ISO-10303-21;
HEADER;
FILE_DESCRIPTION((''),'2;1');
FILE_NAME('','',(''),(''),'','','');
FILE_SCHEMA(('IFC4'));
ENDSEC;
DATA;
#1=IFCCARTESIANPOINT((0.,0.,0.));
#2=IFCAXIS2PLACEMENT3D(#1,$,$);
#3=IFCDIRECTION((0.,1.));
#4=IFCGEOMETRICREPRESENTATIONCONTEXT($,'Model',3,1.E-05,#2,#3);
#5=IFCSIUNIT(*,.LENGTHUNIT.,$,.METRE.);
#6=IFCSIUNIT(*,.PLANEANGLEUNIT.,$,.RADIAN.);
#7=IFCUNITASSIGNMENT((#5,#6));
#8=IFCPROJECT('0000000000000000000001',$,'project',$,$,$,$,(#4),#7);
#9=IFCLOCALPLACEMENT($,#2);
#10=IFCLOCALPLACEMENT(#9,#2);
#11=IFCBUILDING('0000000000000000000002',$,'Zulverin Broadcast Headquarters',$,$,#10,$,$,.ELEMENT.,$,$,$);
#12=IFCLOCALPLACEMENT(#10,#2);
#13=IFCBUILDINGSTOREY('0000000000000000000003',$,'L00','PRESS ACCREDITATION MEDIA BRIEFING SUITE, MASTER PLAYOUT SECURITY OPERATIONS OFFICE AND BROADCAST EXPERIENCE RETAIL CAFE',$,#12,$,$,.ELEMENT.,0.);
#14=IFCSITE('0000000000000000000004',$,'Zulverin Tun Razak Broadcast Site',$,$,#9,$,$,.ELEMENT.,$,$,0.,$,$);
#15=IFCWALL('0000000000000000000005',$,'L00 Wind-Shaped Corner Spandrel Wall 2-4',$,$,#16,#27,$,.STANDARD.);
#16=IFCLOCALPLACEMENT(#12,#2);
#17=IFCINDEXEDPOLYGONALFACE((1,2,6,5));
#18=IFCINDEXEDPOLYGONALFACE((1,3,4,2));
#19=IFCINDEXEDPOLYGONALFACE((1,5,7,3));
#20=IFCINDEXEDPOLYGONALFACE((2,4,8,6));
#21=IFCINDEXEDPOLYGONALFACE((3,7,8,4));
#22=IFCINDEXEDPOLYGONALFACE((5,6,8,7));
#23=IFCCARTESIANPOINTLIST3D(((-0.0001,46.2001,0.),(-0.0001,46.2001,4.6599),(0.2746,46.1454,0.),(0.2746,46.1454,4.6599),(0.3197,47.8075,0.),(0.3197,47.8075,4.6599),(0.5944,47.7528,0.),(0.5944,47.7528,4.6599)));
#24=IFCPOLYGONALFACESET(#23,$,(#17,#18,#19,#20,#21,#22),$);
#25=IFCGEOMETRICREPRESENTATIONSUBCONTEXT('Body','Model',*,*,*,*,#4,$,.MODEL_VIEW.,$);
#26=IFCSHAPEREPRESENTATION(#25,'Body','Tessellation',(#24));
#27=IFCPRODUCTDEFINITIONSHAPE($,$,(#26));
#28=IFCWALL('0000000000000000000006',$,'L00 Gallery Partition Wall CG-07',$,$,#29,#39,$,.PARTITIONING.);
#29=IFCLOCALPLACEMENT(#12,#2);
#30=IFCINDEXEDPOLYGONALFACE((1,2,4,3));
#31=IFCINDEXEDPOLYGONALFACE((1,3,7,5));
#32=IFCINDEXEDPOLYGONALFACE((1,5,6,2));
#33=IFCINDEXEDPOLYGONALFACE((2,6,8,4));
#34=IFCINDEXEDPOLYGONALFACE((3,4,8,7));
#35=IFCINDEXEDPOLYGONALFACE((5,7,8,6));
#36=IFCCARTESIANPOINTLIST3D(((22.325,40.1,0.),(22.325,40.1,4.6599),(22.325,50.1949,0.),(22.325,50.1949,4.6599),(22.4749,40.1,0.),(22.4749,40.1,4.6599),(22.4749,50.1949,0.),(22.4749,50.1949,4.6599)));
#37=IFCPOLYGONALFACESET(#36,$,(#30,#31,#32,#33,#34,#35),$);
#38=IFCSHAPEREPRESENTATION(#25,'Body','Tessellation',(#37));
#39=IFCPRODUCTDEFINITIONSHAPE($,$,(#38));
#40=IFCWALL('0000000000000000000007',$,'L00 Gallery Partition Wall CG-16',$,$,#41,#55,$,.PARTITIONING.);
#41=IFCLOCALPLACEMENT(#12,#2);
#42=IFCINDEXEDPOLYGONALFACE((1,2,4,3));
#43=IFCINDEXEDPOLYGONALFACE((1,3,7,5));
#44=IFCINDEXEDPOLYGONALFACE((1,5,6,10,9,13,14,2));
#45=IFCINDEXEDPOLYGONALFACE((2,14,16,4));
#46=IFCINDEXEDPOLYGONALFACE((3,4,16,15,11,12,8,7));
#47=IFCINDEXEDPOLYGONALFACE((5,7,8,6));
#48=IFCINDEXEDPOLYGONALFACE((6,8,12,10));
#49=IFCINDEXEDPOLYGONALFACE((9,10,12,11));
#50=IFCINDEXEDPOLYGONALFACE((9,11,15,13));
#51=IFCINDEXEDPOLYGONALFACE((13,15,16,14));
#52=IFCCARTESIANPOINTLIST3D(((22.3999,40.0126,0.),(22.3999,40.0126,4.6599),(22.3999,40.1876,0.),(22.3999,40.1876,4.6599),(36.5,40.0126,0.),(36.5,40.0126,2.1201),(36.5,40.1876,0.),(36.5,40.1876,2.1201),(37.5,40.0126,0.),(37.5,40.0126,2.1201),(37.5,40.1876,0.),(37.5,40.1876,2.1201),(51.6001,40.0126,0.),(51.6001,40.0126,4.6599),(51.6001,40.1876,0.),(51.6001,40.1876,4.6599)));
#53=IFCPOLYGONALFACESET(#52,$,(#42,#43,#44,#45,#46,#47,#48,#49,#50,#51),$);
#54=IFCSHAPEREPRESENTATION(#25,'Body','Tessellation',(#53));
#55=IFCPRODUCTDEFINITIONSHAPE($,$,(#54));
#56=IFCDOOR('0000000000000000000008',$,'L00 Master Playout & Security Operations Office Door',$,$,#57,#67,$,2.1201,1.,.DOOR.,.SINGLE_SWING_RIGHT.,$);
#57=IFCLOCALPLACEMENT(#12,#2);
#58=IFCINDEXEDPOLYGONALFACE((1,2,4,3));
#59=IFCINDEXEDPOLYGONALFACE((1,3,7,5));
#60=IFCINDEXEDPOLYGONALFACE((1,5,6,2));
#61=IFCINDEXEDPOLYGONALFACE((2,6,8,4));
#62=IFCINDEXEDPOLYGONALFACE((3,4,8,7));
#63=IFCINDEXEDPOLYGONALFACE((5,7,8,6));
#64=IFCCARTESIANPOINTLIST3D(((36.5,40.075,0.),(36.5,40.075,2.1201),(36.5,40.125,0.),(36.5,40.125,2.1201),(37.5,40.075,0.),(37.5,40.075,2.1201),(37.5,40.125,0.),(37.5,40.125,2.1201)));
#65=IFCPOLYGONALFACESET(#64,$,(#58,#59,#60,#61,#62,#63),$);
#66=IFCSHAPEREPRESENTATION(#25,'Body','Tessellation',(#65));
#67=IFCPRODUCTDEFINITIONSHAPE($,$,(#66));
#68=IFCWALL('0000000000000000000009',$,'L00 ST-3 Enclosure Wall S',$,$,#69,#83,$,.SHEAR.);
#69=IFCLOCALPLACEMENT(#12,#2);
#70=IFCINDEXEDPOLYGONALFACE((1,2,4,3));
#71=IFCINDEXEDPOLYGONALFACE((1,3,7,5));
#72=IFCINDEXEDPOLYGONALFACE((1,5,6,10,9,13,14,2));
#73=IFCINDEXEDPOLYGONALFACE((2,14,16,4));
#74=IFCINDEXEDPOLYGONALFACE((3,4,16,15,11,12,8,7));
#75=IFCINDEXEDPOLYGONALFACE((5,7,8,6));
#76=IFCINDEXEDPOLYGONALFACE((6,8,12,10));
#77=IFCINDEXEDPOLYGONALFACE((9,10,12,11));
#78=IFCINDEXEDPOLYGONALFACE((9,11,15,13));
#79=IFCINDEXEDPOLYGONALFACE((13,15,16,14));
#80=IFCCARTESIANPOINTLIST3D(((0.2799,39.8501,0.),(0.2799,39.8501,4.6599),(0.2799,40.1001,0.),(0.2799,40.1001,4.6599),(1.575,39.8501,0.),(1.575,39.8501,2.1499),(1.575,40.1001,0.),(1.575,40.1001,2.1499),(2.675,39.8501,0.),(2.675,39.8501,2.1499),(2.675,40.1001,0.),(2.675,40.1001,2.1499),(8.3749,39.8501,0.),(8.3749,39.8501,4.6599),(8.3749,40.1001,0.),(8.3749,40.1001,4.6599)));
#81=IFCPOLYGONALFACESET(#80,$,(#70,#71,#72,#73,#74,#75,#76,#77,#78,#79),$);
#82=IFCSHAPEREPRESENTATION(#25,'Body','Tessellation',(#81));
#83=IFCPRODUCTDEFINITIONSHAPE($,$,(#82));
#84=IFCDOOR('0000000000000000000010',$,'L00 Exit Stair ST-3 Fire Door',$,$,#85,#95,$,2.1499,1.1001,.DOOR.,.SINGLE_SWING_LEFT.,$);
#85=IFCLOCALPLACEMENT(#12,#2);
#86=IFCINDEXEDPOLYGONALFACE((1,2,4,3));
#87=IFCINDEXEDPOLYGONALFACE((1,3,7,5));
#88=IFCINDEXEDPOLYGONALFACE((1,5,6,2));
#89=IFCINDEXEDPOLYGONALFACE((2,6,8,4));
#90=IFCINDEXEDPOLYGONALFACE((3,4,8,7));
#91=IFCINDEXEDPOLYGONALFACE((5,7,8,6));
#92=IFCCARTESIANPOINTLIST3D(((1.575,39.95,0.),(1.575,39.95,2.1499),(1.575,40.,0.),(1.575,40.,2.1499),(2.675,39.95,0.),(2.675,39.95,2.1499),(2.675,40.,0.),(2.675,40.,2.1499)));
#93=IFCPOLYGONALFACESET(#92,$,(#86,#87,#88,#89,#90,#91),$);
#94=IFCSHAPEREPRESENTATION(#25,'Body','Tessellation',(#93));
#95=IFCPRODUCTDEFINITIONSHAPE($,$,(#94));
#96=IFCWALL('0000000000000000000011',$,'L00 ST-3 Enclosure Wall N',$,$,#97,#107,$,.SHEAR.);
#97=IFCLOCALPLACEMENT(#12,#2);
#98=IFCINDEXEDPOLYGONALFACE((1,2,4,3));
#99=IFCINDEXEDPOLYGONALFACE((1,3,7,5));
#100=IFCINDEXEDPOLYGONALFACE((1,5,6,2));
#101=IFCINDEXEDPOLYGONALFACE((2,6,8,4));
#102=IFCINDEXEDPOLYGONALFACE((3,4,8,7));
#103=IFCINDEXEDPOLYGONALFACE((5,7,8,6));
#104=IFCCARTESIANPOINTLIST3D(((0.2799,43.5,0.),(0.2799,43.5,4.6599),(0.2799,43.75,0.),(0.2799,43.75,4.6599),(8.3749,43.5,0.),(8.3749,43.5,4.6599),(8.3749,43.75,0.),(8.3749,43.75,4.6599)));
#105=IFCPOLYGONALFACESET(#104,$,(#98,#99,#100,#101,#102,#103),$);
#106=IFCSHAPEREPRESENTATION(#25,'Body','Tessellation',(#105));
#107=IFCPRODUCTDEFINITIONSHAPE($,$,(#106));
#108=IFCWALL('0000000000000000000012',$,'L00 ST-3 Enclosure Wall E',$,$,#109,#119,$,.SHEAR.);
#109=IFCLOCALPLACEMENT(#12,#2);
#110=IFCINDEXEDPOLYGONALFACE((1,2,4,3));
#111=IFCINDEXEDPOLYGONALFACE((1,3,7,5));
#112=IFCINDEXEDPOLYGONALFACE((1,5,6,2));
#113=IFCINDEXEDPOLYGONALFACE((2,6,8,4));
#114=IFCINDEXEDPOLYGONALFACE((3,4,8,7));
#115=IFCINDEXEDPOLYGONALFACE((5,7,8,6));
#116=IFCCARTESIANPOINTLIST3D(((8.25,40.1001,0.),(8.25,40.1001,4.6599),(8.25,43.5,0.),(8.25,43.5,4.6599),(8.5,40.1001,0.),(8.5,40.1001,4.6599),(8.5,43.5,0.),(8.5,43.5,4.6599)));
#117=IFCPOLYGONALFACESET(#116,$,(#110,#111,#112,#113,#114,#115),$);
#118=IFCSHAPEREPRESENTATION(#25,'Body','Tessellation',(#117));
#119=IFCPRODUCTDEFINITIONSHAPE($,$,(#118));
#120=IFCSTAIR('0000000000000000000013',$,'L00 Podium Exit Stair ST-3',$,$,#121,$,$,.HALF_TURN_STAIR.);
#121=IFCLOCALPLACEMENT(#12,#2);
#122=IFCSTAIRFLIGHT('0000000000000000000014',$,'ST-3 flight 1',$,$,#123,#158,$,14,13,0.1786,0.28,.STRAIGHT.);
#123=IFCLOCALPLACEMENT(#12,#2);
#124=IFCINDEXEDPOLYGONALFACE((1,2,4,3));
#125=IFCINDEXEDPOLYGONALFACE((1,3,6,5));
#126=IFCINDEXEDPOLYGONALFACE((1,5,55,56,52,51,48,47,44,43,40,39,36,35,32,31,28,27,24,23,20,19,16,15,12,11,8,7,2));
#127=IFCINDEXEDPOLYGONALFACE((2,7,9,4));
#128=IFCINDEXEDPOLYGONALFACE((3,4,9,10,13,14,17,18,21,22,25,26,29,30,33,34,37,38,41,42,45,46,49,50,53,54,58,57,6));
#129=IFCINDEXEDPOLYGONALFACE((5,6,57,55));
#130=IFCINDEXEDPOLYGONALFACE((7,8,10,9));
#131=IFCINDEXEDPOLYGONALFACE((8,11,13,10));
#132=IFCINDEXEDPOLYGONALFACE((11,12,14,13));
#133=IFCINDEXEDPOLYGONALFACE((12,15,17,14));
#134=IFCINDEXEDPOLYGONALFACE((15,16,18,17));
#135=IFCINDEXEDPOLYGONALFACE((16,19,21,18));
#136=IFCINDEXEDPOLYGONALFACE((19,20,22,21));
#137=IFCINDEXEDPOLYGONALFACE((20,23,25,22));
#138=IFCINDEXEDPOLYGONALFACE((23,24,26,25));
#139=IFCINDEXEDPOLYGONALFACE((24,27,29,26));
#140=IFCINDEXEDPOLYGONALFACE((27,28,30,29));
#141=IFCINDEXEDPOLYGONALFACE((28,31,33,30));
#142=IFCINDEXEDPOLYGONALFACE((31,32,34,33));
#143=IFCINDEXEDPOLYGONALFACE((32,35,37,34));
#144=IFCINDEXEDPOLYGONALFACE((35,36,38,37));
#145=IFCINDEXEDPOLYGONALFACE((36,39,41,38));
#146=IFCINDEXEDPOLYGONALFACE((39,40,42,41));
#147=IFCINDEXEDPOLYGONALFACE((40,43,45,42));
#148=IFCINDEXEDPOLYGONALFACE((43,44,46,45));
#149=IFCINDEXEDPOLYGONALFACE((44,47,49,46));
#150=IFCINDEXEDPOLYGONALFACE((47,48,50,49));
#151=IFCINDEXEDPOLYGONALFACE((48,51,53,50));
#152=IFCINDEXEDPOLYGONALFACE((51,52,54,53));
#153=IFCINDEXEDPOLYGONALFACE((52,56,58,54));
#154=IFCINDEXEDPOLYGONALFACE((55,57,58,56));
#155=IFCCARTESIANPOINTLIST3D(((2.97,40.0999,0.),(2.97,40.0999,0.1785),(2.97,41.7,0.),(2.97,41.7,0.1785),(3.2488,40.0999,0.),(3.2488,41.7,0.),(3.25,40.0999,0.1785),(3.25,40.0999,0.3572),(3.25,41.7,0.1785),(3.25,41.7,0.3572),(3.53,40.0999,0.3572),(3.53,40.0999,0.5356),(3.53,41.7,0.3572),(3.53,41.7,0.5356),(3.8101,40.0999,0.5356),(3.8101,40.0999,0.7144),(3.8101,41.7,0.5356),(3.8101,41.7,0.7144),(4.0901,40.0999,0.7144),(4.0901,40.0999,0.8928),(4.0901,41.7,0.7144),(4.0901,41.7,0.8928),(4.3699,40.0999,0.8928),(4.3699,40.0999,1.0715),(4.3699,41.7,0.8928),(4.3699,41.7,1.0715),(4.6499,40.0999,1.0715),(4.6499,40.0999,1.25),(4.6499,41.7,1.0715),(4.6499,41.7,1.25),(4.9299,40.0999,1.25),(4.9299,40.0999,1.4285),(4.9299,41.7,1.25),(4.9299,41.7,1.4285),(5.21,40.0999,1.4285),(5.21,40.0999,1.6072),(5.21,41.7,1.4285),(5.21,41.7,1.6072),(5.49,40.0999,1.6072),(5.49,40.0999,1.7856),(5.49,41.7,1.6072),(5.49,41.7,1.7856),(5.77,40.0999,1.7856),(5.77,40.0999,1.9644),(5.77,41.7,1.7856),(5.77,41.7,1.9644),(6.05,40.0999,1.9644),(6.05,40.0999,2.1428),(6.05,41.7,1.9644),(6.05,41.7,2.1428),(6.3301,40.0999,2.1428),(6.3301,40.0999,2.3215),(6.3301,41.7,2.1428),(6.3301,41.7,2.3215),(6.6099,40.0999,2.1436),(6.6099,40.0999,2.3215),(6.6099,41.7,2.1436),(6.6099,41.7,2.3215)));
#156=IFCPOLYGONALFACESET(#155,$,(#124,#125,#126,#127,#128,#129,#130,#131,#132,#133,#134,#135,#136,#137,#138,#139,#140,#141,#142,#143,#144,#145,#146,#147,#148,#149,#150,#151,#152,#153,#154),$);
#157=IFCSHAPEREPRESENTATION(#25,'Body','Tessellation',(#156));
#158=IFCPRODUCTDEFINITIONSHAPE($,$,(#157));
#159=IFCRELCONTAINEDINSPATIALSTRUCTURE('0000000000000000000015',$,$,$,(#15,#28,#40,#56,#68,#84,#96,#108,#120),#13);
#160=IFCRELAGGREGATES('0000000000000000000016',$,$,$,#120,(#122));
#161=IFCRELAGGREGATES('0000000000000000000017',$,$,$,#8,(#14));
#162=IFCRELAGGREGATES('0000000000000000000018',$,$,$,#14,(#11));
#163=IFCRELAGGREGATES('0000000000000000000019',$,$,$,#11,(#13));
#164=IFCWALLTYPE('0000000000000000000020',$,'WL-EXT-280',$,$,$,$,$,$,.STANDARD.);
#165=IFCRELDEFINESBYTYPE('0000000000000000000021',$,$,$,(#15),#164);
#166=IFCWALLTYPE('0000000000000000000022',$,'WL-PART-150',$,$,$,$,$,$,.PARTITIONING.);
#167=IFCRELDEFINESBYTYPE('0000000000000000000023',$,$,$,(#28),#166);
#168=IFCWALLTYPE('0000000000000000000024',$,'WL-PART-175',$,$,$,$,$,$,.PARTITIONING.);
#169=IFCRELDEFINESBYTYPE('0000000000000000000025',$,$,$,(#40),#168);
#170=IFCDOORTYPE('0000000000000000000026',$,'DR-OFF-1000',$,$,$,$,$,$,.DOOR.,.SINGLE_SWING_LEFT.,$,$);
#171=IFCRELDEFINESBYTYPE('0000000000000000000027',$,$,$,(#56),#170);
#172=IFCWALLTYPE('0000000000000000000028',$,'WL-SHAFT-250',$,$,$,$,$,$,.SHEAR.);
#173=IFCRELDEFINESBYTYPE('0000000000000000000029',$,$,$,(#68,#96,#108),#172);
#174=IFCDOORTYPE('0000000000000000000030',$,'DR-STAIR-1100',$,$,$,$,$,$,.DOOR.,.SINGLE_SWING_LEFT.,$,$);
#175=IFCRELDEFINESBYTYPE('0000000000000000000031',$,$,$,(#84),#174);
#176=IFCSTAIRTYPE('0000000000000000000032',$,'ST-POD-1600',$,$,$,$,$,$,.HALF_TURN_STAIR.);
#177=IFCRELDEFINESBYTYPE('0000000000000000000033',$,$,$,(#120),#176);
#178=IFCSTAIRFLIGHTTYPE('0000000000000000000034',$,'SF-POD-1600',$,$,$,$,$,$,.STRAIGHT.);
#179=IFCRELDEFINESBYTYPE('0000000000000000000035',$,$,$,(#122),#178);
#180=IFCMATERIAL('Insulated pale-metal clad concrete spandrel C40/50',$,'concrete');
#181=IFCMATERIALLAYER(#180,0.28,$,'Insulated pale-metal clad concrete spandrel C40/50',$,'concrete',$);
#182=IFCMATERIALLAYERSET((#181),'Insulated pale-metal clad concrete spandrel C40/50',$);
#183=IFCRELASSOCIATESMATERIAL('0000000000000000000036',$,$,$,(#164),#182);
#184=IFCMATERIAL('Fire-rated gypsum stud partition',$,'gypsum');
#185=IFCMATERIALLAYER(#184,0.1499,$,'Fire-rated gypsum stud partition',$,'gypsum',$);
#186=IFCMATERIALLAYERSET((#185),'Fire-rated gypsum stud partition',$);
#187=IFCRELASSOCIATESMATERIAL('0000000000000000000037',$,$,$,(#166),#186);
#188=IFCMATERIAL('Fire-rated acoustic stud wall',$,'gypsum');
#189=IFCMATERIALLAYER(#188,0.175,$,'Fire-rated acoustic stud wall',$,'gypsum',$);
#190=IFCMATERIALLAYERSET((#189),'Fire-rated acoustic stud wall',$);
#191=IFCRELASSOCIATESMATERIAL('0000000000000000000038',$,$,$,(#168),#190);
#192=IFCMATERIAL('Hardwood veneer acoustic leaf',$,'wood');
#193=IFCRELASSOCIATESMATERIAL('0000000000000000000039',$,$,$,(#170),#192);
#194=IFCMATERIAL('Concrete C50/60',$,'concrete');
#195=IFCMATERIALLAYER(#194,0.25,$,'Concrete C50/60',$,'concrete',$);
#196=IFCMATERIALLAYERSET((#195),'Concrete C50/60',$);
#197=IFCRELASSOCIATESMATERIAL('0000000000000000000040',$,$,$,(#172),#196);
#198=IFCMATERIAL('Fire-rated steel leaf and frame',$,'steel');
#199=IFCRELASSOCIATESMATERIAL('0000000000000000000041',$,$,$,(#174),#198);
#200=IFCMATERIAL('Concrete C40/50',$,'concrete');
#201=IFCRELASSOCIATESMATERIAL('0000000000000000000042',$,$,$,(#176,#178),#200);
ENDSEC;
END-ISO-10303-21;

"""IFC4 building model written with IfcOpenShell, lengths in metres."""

from ifc_helpers import new_model, si_unit, direction, frame, frame_2d, origin, place, context, subcontext, project, spatial, polyline, rectangle, outline, extrude, material, layer, layer_set, type_object, element, fill, aggregate, save


model = new_model("IFC4")

# Units and contexts
model_context = context("Model", 3, precision=1e-05, world=origin(), true_north=direction((0.0, 1.0)))
body_context = subcontext(model_context, "Body", "Model", "MODEL_VIEW")
ifc_project = project(units=[si_unit("LENGTHUNIT", "METRE"), si_unit("PLANEANGLEUNIT", "RADIAN")], contexts=[model_context])

# Site, building, storey
site_placement = place(None, origin())
site = spatial("IfcSite", under=ifc_project, at=site_placement, Name="Zulverin Tun Razak Broadcast Site", CompositionType="ELEMENT", RefElevation=0.0)
building_placement = place(site_placement, origin())
building = spatial("IfcBuilding", under=site, at=building_placement, Name="Zulverin Broadcast Headquarters", CompositionType="ELEMENT")
storey_placement = place(building_placement, origin())
storey = spatial("IfcBuildingStorey", under=building, at=storey_placement, Name="L00", Description="PRESS ACCREDITATION MEDIA BRIEFING SUITE, MASTER PLAYOUT SECURITY OPERATIONS OFFICE AND BROADCAST EXPERIENCE RETAIL CAFE", CompositionType="ELEMENT", Elevation=0.0)

# Shared definitions
ifc_material_1 = material(Name="Concrete C50/60", Category="concrete")

# Shared definitions
ifc_material_2 = material(Name="Concrete C40/50", Category="concrete")

# Walls
ifc_material_3 = material(Name="Insulated pale-metal clad concrete spandrel C40/50", Category="concrete")
ifc_layer_1 = layer(ifc_material_3, 0.28, Name="Insulated pale-metal clad concrete spandrel C40/50", Category="concrete")
ifc_layer_set_1 = layer_set([ifc_layer_1], Name="Insulated pale-metal clad concrete spandrel C40/50")
wall_type_1 = type_object("IfcWallType", Name="WL-EXT-280", PredefinedType="STANDARD", material=ifc_layer_set_1)
for number, where, z_axis, x_axis, name in (
    (1, (0.457, 47.78, 0.0), (0.0, 0.0, 1.0), (-0.195142, -0.980775, 0.0), "L00 Wind-Shaped Corner Spandrel Wall 2-4"),
):
    element("IfcWall", number, at=place(storey_placement, frame(where, z_axis=z_axis, x_axis=x_axis)), inside=storey, type_object=wall_type_1, Name=name, PredefinedType="STANDARD", context=body_context, shape_type="SweptSolid", body=[
        extrude(rectangle(XDim=1.6389, YDim=0.28, at=frame_2d((0.8193, 0.0))), origin(), (0.0, 0.0, 1.0), 4.6599),
    ])
ifc_material_4 = material(Name="Fire-rated gypsum stud partition", Category="gypsum")
ifc_layer_2 = layer(ifc_material_4, 0.1499, Name="Fire-rated gypsum stud partition", Category="gypsum")
ifc_layer_set_2 = layer_set([ifc_layer_2], Name="Fire-rated gypsum stud partition")
wall_type_2 = type_object("IfcWallType", Name="WL-PART-150", PredefinedType="PARTITIONING", material=ifc_layer_set_2)
wall_1_placement = place(storey_placement, frame((22.3999, 40.1001, 0.0), z_axis=(0.0, 0.0, 1.0), x_axis=(0.0, 1.0, 0.0)))
element("IfcWall", 2, at=wall_1_placement, inside=storey, type_object=wall_type_2, Name="L00 Gallery Partition Wall CG-07", PredefinedType="PARTITIONING", context=body_context, shape_type="SweptSolid", body=[
    extrude(rectangle(XDim=10.095, YDim=0.1499, at=frame_2d((5.0474, 0.0))), origin(), (0.0, 0.0, 1.0), 4.6599),
])

# Walls, openings, doors
ifc_material_5 = material(Name="Fire-rated acoustic stud wall", Category="gypsum")
ifc_layer_3 = layer(ifc_material_5, 0.175, Name="Fire-rated acoustic stud wall", Category="gypsum")
ifc_layer_set_3 = layer_set([ifc_layer_3], Name="Fire-rated acoustic stud wall")
wall_type_3 = type_object("IfcWallType", Name="WL-PART-175", PredefinedType="PARTITIONING", material=ifc_layer_set_3)
wall_2_placement = place(storey_placement, frame((22.3999, 40.1001, 0.0), z_axis=(0.0, 0.0, 1.0), x_axis=(1.0, 0.0, 0.0)))
wall_2 = element("IfcWall", 3, at=wall_2_placement, inside=storey, type_object=wall_type_3, Name="L00 Gallery Partition Wall CG-16", PredefinedType="PARTITIONING", context=body_context, shape_type="SweptSolid", body=[
    extrude(rectangle(XDim=29.2002, YDim=0.175, at=frame_2d((14.6001, 0.0))), origin(), (0.0, 0.0, 1.0), 4.6599),
])
opening_1_placement = place(wall_2_placement, frame((14.1001, 0.0, 0.0)))
opening_1 = element("IfcOpeningElement", 4, at=opening_1_placement, cuts=wall_2, PredefinedType="OPENING", context=body_context, shape_type="SweptSolid", body=[
    extrude(rectangle(XDim=1.0, YDim=2.1201, at=frame_2d((0.5, 1.0601))), frame((0.0, 0.0974, 0.0), z_axis=(0.0, -1.0, 0.0), x_axis=(1.0, 0.0, 0.0)), (0.0, 0.0, 1.0), 0.1951),
])
ifc_material_6 = material(Name="Hardwood veneer acoustic leaf", Category="wood")
door_type_1 = type_object("IfcDoorType", Name="DR-OFF-1000", OperationType="SINGLE_SWING_LEFT", PredefinedType="DOOR", material=ifc_material_6)
door_1_placement = place(opening_1_placement, origin())
door_1 = element("IfcDoor", 5, at=door_1_placement, inside=storey, type_object=door_type_1, Name="L00 Master Playout & Security Operations Office Door", OperationType="SINGLE_SWING_RIGHT", OverallHeight=2.1201, OverallWidth=1.0, PredefinedType="DOOR", context=body_context, shape_type="SweptSolid", body=[
    extrude(rectangle(XDim=1.0, YDim=2.1201, at=frame_2d((0.5, 1.0601))), frame((0.0, 0.0249, 0.0), z_axis=(0.0, -1.0, 0.0), x_axis=(1.0, 0.0, 0.0)), (0.0, 0.0, 1.0), 0.05),
])
fill(opening_1, door_1)
ifc_layer_4 = layer(ifc_material_1, 0.25, Name="Concrete C50/60", Category="concrete")
ifc_layer_set_4 = layer_set([ifc_layer_4], Name="Concrete C50/60")
wall_type_4 = type_object("IfcWallType", Name="WL-SHAFT-250", PredefinedType="SHEAR", material=ifc_layer_set_4)
wall_3_placement = place(storey_placement, frame((0.28, 39.9751, 0.0), z_axis=(0.0, 0.0, 1.0), x_axis=(1.0, 0.0, 0.0)))
wall_3 = element("IfcWall", 6, at=wall_3_placement, inside=storey, type_object=wall_type_4, Name="L00 ST-3 Enclosure Wall S", PredefinedType="SHEAR", context=body_context, shape_type="SweptSolid", body=[
    extrude(rectangle(XDim=8.095, YDim=0.25, at=frame_2d((4.0474, 0.0))), origin(), (0.0, 0.0, 1.0), 4.6599),
])
opening_2_placement = place(wall_3_placement, frame((1.2949, 0.0, 0.0)))
opening_2 = element("IfcOpeningElement", 7, at=opening_2_placement, cuts=wall_3, PredefinedType="OPENING", context=body_context, shape_type="SweptSolid", body=[
    extrude(rectangle(XDim=1.1001, YDim=2.1499, at=frame_2d((0.55, 1.075))), frame((0.0, 0.135, 0.0), z_axis=(0.0, -1.0, 0.0), x_axis=(1.0, 0.0, 0.0)), (0.0, 0.0, 1.0), 0.27),
])
ifc_material_7 = material(Name="Fire-rated steel leaf and frame", Category="steel")
door_type_2 = type_object("IfcDoorType", Name="DR-STAIR-1100", OperationType="SINGLE_SWING_LEFT", PredefinedType="DOOR", material=ifc_material_7)
door_2_placement = place(opening_2_placement, origin())
door_2 = element("IfcDoor", 8, at=door_2_placement, inside=storey, type_object=door_type_2, Name="L00 Exit Stair ST-3 Fire Door", OperationType="SINGLE_SWING_LEFT", OverallHeight=2.1499, OverallWidth=1.1001, PredefinedType="DOOR", context=body_context, shape_type="SweptSolid", body=[
    extrude(rectangle(XDim=1.1001, YDim=2.1499, at=frame_2d((0.55, 1.075))), frame((0.0, 0.0249, 0.0), z_axis=(0.0, -1.0, 0.0), x_axis=(1.0, 0.0, 0.0)), (0.0, 0.0, 1.0), 0.05),
])
fill(opening_2, door_2)

# Walls
wall_4_placement = place(storey_placement, frame((0.28, 43.625, 0.0), z_axis=(0.0, 0.0, 1.0), x_axis=(1.0, 0.0, 0.0)))
element("IfcWall", 9, at=wall_4_placement, inside=storey, type_object=wall_type_4, Name="L00 ST-3 Enclosure Wall N", PredefinedType="SHEAR", context=body_context, shape_type="SweptSolid", body=[
    extrude(rectangle(XDim=8.095, YDim=0.25, at=frame_2d((4.0474, 0.0))), origin(), (0.0, 0.0, 1.0), 4.6599),
])
wall_5_placement = place(storey_placement, frame((8.375, 40.1001, 0.0), z_axis=(0.0, 0.0, 1.0), x_axis=(0.0, 1.0, 0.0)))
element("IfcWall", 10, at=wall_5_placement, inside=storey, type_object=wall_type_4, Name="L00 ST-3 Enclosure Wall E", PredefinedType="SHEAR", context=body_context, shape_type="SweptSolid", body=[
    extrude(rectangle(XDim=3.3999, YDim=0.25, at=frame_2d((1.7, 0.0))), origin(), (0.0, 0.0, 1.0), 4.6599),
])

# Stair, stair flight
stair_type = type_object("IfcStairType", Name="ST-POD-1600", PredefinedType="HALF_TURN_STAIR", material=ifc_material_2)
stair_placement = place(storey_placement, origin())
stair = element("IfcStair", 11, at=stair_placement, inside=storey, type_object=stair_type, Name="L00 Podium Exit Stair ST-3", PredefinedType="HALF_TURN_STAIR")
stair_flight_type = type_object("IfcStairFlightType", Name="SF-POD-1600", PredefinedType="STRAIGHT", material=ifc_material_2)
stair_flight_1_placement = place(storey_placement, frame((2.97, 40.8999, 0.0), z_axis=(0.0, 0.0, 1.0), x_axis=(1.0, 0.0, 0.0)))
stair_flight_1 = element("IfcStairFlight", 12, at=stair_flight_1_placement, type_object=stair_flight_type, Name="ST-3 flight 1", NumberOfRisers=14, NumberOfTreads=13, PredefinedType="STRAIGHT", RiserHeight=0.1786, TreadLength=0.28, context=body_context, shape_type="SweptSolid", body=[
    extrude(outline(polyline([(0.0, 0.0), (0.0, 0.1785), (0.28, 0.1785), (0.28, 0.3572), (0.5601, 0.3572), (0.5601, 0.5356), (0.8401, 0.5356), (0.8401, 0.7144), (1.1201, 0.7144), (1.1201, 0.8928), (1.3999, 0.8928), (1.3999, 1.0715), (1.6799, 1.0715), (1.6799, 1.25), (1.96, 1.25), (1.96, 1.4285), (2.24, 1.4285), (2.24, 1.6072), (2.52, 1.6072), (2.52, 1.7856), (2.8, 1.7856), (2.8, 1.9644), (3.0801, 1.9644), (3.0801, 2.1428), (3.3601, 2.1428), (3.3601, 2.3215), (3.6399, 2.3215), (3.6399, 2.5), (3.6399, 2.1436), (0.2788, 0.0), (0.0, 0.0)])), frame((0.0, 0.8, 0.0), z_axis=(0.0, -1.0, 0.0), x_axis=(1.0, 0.0, 0.0)), (0.0, 0.0, 1.0), 1.6001),
])
aggregate(stair, [stair_flight_1])

save(model, "model.ifc")
